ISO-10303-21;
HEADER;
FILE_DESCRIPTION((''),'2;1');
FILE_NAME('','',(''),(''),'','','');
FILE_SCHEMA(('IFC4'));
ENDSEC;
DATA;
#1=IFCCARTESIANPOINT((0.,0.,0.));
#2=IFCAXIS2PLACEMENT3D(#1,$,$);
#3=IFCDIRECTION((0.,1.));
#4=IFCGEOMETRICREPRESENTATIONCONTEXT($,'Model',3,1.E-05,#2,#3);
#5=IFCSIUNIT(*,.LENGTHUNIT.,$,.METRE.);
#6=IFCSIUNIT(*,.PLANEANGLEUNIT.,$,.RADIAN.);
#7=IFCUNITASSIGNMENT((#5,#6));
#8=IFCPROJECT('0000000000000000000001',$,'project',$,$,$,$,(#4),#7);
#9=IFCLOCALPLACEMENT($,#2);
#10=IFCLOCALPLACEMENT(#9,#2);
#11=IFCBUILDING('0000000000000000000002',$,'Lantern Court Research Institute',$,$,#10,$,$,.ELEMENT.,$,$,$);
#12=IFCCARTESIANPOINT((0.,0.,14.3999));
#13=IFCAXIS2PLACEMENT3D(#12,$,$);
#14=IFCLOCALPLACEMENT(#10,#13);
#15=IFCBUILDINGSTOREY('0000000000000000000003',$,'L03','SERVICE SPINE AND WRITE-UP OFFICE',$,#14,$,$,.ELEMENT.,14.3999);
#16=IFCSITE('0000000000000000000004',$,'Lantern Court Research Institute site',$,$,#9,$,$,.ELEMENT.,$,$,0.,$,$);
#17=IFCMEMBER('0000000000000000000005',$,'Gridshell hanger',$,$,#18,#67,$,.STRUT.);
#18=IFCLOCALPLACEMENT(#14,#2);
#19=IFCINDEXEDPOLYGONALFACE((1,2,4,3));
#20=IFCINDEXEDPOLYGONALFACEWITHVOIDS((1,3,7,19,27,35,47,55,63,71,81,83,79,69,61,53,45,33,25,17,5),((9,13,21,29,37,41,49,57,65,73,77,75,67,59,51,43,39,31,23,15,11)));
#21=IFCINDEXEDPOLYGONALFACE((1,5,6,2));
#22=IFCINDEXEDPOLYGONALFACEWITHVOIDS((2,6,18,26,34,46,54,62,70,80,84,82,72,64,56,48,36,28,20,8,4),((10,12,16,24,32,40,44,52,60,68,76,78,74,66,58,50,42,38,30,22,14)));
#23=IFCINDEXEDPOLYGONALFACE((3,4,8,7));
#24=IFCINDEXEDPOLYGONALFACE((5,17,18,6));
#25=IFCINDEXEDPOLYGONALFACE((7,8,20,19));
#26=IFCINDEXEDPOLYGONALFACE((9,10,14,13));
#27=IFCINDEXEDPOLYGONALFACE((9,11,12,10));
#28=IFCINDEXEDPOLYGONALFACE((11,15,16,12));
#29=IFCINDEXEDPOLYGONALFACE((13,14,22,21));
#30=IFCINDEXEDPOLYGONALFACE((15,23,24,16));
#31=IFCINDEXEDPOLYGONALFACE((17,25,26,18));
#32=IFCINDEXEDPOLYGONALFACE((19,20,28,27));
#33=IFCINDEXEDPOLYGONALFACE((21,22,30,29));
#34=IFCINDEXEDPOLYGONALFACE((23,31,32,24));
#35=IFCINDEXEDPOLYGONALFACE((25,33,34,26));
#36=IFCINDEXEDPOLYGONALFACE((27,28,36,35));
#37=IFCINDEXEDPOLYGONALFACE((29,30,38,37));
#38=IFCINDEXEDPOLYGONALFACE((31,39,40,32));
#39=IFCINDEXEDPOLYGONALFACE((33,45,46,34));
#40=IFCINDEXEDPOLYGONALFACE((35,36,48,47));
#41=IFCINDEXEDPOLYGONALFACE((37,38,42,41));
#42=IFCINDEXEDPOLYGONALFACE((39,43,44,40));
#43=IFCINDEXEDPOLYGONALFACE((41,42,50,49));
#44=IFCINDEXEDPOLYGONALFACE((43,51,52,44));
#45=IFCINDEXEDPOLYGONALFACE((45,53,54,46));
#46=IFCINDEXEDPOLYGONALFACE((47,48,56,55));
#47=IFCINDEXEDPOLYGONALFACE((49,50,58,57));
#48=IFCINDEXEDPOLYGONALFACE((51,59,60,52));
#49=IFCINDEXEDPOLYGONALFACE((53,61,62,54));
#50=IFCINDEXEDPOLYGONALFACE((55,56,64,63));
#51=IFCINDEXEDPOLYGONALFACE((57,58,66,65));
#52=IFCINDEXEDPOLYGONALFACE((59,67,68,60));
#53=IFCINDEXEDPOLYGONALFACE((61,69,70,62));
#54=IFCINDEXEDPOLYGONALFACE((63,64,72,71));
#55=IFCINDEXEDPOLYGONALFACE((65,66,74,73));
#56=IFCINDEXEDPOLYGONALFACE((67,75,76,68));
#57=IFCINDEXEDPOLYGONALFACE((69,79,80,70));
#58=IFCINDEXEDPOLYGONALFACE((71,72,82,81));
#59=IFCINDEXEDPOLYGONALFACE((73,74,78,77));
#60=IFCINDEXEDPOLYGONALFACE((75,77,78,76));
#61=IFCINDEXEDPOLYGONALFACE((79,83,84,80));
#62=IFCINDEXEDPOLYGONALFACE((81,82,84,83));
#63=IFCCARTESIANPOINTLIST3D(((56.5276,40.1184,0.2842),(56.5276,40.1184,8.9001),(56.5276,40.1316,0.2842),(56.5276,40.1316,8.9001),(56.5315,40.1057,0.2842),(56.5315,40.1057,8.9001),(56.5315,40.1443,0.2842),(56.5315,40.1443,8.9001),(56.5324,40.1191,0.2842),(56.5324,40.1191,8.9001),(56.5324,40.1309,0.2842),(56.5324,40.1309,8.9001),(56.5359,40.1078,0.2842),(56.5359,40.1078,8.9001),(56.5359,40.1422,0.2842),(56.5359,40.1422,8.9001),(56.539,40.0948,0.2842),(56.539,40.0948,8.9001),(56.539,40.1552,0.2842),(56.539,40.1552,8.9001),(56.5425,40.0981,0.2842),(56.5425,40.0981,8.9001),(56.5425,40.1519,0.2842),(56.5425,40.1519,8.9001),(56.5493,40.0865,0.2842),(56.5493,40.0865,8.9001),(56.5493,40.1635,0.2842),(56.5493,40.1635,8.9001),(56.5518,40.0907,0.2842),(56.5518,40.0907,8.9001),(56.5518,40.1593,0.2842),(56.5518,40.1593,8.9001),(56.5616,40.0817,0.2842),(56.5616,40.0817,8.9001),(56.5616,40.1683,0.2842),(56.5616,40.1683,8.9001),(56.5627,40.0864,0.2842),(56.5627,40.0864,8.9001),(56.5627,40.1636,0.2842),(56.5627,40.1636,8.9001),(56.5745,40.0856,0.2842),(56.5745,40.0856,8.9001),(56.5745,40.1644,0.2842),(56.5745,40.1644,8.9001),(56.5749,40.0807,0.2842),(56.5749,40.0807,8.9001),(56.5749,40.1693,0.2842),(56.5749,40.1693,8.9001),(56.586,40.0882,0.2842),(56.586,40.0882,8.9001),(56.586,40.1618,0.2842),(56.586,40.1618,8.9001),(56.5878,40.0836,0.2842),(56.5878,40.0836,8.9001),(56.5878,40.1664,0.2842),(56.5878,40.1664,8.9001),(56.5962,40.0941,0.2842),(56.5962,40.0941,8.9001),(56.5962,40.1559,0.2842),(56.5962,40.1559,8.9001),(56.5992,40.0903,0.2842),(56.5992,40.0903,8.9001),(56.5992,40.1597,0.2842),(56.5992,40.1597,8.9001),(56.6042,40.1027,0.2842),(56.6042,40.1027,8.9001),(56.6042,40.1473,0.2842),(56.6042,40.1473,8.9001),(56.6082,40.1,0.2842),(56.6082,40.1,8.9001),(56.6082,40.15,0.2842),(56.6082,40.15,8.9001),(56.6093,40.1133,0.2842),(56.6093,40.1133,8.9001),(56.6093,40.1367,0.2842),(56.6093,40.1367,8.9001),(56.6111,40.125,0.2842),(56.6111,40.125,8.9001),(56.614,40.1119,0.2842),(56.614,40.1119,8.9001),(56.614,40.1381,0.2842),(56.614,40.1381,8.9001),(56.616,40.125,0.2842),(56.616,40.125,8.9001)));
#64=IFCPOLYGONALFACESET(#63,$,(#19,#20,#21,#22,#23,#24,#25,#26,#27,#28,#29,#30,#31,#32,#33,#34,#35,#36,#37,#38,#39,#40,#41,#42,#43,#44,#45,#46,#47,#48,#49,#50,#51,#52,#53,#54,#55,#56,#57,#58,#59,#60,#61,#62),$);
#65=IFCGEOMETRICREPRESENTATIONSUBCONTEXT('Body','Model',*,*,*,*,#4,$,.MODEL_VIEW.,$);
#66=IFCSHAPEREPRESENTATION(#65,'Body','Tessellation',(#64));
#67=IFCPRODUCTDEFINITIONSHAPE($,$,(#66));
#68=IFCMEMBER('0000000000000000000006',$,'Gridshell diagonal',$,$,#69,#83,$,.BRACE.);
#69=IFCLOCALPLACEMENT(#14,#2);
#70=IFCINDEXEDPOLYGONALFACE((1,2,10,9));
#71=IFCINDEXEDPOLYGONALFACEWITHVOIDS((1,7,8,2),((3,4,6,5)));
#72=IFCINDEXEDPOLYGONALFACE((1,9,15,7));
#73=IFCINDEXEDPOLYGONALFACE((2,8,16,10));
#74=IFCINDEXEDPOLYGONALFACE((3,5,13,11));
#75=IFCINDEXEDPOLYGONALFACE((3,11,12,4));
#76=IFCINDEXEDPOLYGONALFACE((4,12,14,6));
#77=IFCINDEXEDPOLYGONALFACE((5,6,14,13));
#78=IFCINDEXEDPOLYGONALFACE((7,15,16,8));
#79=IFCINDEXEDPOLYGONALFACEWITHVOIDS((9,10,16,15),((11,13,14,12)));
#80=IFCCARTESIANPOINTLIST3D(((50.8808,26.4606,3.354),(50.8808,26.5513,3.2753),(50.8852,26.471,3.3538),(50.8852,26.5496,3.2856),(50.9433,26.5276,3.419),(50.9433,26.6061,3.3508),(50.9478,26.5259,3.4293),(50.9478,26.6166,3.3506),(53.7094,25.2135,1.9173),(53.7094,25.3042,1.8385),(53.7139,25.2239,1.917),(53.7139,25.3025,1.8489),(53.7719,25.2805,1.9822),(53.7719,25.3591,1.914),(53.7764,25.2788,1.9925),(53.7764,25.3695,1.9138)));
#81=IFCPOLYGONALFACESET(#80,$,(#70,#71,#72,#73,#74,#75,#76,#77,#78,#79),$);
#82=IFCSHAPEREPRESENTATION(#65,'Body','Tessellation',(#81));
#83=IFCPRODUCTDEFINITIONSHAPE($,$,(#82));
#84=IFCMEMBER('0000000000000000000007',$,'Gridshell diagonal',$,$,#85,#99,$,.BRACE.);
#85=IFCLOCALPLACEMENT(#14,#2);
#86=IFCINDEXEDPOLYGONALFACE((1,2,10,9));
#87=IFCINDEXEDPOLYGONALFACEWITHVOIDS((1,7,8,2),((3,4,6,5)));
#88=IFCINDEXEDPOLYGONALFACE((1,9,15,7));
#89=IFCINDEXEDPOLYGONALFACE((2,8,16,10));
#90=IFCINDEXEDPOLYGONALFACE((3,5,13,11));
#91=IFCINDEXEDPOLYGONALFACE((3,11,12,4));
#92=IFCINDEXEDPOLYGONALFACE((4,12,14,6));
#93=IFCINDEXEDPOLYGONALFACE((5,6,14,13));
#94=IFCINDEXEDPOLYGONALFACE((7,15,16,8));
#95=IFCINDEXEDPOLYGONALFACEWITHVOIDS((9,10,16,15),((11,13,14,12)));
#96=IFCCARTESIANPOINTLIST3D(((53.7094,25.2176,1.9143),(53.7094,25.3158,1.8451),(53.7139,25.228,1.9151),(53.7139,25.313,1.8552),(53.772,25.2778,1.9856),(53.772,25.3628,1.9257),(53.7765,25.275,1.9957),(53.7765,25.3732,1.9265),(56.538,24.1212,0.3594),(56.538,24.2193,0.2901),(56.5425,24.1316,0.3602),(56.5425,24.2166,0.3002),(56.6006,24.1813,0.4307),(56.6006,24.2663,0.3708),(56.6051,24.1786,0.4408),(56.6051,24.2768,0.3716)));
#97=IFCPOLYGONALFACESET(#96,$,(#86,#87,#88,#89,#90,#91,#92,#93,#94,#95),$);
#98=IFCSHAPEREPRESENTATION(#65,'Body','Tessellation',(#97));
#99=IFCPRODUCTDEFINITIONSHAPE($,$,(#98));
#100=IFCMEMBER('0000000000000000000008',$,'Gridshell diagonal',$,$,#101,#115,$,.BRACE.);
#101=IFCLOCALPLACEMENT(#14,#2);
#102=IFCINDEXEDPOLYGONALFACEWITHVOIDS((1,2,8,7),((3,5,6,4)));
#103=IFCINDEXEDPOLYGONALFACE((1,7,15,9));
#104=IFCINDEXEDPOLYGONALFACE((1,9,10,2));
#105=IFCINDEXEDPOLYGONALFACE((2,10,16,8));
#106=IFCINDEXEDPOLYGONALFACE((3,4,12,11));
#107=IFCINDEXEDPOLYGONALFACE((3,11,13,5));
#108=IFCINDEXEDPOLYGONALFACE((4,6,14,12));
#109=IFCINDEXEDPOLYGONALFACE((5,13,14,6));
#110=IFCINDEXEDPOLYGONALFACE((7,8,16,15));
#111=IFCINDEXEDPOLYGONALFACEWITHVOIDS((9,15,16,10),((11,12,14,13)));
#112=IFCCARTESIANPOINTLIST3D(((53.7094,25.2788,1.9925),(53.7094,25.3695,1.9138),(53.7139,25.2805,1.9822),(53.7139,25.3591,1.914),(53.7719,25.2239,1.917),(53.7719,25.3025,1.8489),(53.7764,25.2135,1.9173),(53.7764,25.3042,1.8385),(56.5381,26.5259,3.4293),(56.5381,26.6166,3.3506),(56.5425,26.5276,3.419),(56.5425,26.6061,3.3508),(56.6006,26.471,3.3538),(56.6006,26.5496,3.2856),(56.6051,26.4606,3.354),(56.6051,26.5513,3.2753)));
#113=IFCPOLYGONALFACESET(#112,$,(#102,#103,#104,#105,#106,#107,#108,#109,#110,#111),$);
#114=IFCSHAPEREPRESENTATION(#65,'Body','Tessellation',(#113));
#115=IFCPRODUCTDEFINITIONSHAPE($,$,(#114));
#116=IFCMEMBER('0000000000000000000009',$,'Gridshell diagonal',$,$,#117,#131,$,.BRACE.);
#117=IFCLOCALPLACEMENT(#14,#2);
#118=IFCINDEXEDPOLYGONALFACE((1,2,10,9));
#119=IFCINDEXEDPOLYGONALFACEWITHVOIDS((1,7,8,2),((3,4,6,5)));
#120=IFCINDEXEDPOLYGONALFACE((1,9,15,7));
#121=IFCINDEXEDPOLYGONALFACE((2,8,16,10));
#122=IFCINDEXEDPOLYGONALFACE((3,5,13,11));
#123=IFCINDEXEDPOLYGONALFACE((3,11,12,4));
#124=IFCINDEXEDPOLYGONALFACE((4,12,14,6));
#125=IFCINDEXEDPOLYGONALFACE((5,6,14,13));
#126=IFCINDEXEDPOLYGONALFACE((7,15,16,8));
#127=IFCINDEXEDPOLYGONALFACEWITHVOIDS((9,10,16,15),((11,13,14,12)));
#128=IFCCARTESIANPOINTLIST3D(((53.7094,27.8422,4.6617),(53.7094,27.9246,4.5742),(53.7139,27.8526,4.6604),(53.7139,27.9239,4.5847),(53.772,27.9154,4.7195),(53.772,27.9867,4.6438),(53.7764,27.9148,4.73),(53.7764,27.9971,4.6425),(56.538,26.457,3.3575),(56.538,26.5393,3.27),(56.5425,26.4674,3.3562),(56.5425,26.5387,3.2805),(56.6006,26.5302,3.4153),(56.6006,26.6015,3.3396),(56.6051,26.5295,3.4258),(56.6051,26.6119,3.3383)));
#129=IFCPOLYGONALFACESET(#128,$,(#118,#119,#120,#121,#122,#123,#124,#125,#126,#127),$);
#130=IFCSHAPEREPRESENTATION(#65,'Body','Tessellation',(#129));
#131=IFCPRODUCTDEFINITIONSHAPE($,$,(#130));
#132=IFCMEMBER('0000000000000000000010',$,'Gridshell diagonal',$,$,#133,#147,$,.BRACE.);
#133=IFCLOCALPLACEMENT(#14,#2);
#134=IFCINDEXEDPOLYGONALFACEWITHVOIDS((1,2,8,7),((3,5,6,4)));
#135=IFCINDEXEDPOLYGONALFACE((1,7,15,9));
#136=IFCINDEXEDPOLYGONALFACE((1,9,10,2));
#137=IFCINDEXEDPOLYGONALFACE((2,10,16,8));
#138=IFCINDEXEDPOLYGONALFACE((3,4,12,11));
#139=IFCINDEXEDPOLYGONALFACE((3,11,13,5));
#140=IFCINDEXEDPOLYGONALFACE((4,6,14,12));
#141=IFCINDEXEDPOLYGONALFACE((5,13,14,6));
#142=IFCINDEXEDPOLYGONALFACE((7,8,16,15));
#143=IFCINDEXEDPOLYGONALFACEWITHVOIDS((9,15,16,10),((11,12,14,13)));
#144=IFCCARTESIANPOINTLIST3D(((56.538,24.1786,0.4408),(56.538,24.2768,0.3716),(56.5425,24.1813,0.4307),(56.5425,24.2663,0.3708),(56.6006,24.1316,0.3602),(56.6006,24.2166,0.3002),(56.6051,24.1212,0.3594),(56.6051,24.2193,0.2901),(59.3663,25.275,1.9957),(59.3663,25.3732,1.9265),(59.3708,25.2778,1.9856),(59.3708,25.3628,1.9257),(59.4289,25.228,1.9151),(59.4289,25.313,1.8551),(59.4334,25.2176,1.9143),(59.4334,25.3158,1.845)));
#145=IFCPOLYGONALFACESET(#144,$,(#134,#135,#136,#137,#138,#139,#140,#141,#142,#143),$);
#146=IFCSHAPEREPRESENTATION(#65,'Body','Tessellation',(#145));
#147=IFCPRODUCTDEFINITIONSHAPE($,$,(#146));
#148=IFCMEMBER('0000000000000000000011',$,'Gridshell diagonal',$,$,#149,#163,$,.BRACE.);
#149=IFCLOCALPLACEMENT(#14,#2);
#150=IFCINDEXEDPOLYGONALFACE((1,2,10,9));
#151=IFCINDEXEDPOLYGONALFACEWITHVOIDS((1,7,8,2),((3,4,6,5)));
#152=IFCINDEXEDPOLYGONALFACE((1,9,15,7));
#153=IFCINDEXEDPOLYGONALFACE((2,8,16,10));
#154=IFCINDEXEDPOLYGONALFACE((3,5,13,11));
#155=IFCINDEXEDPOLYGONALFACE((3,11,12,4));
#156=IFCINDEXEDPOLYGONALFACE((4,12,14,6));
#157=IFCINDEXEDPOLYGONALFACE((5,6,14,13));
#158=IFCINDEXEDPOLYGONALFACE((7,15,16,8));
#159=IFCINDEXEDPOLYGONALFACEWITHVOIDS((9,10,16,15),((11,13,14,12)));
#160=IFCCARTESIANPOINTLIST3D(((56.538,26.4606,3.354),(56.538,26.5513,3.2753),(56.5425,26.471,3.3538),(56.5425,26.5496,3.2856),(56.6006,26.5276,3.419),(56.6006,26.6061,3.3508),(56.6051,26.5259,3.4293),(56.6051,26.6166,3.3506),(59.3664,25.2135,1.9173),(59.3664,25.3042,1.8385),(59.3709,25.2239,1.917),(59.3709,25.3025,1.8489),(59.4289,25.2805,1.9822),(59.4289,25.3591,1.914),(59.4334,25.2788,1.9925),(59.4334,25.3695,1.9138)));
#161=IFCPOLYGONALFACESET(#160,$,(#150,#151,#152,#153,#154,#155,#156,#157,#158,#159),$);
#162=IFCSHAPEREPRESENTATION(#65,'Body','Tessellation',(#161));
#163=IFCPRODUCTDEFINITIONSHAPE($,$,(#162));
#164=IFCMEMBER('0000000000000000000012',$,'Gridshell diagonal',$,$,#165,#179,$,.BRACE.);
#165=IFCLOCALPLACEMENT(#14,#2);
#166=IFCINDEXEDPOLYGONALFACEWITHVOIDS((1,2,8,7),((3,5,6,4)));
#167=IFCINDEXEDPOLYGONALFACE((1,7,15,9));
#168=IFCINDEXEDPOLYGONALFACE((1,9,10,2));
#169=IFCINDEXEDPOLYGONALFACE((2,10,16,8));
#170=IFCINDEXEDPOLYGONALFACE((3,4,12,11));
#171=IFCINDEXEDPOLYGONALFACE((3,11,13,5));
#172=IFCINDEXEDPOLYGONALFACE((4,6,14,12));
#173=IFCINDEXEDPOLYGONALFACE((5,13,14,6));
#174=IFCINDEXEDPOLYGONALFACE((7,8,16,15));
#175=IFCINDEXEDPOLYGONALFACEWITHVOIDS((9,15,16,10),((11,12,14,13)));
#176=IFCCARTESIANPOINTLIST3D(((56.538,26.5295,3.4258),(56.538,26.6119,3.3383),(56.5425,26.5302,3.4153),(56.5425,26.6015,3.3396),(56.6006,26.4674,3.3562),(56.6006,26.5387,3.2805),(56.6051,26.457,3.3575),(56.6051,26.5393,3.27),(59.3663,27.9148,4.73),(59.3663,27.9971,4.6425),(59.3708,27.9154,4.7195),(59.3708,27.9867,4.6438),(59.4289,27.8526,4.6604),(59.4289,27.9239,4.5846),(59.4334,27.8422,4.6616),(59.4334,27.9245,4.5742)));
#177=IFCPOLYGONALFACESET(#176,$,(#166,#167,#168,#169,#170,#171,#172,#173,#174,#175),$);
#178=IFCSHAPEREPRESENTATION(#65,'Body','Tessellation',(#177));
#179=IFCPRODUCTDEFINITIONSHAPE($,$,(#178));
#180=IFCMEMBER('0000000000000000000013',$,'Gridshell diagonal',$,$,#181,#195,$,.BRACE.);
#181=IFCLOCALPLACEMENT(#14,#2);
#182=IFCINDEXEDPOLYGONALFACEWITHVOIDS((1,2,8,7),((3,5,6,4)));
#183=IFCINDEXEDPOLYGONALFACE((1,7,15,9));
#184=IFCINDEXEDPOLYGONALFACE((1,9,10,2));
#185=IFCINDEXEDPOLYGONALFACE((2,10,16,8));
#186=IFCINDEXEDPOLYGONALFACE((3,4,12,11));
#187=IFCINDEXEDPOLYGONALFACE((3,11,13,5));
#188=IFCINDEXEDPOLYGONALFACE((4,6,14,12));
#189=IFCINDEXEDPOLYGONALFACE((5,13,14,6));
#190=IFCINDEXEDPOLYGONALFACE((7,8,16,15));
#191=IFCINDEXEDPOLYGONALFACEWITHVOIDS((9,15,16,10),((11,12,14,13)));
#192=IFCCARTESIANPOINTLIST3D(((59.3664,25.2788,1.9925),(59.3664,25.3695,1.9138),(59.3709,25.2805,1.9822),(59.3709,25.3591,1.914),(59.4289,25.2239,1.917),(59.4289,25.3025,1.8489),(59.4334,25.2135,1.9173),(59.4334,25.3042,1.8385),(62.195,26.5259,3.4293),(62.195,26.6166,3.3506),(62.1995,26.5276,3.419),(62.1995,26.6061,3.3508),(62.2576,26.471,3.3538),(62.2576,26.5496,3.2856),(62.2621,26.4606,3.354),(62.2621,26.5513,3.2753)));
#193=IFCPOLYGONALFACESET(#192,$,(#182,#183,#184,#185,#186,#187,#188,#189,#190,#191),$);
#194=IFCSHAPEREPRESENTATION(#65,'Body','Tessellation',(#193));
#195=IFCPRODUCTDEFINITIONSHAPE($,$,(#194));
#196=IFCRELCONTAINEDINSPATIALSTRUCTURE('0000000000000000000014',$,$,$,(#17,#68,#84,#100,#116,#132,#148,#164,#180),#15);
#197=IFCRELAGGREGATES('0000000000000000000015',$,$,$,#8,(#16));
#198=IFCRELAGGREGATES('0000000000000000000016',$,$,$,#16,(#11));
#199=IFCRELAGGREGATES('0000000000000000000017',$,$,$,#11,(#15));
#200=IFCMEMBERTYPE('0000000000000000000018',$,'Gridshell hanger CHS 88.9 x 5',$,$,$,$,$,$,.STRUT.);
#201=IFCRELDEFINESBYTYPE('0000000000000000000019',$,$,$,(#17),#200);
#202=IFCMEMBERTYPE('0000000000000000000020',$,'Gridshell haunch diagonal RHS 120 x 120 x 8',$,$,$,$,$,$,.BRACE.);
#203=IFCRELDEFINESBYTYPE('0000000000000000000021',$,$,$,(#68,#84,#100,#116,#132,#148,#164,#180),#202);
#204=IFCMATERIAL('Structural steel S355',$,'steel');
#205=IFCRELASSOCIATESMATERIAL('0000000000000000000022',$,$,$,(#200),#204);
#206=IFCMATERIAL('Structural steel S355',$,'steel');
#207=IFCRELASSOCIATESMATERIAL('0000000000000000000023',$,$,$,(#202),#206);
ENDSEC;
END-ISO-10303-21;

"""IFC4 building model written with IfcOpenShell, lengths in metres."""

from ifc_helpers import new_model, si_unit, direction, frame, origin, origin_2d, place, context, subcontext, project, spatial, hollow_rectangle, hollow_circle, extrude, material, material_profile, profile_set, type_object, element, save


model = new_model("IFC4")

# Units and contexts
model_context = context("Model", 3, precision=1e-05, world=origin(), true_north=direction((0.0, 1.0)))
body_context = subcontext(model_context, "Body", "Model", "MODEL_VIEW")
ifc_project = project(units=[si_unit("LENGTHUNIT", "METRE"), si_unit("PLANEANGLEUNIT", "RADIAN")], contexts=[model_context])

# Site, building, storey
site_placement = place(None, origin())
site = spatial("IfcSite", under=ifc_project, at=site_placement, Name="Lantern Court Research Institute site", CompositionType="ELEMENT", RefElevation=0.0)
building_placement = place(site_placement, origin())
building = spatial("IfcBuilding", under=site, at=building_placement, Name="Lantern Court Research Institute", CompositionType="ELEMENT")
storey_placement = place(building_placement, frame((0.0, 0.0, 14.3999)))
storey = spatial("IfcBuildingStorey", under=building, at=storey_placement, Name="L03", Description="SERVICE SPINE AND WRITE-UP OFFICE", CompositionType="ELEMENT", Elevation=14.3999)

# Members
ifc_material_1 = material(Name="Structural steel S355", Category="steel")
ifc_material_profile_1 = material_profile(ifc_material_1, hollow_circle(Radius=0.0444, WallThickness=0.0049, at=origin_2d()), Name="Gridshell hanger CHS 88.9 x 5")
ifc_profile_set_1 = profile_set([ifc_material_profile_1], Name="Structural steel S355")
member_type_1 = type_object("IfcMemberType", Name="Gridshell hanger CHS 88.9 x 5", PredefinedType="STRUT", material=ifc_profile_set_1)
member_1_placement = place(storey_placement, frame((56.5715, 40.125, 0.2842), z_axis=(0.0, 0.0, 1.0), x_axis=(1.0, 0.0, 0.0)))
element("IfcMember", 1, at=member_1_placement, inside=storey, type_object=member_type_1, Name="Gridshell hanger", PredefinedType="STRUT", context=body_context, shape_type="SweptSolid", body=[
    extrude(hollow_circle(Radius=0.0444, WallThickness=0.0049, at=origin_2d()), origin(), (0.0, 0.0, 1.0), 8.616),
])
ifc_material_2 = material(Name="Structural steel S355", Category="steel")
ifc_material_profile_2 = material_profile(ifc_material_2, hollow_rectangle(XDim=0.1201, YDim=0.1201, WallThickness=0.0081, at=origin_2d()), Name="Gridshell haunch diagonal RHS 120 x 120 x 8")
ifc_profile_set_2 = profile_set([ifc_material_profile_2], Name="Structural steel S355")
member_type_2 = type_object("IfcMemberType", Name="Gridshell haunch diagonal RHS 120 x 120 x 8", PredefinedType="BRACE", material=ifc_profile_set_2)
for number, where, z_axis, x_axis, name in (
    (2, (53.7429, 25.2915, 1.9155), (-0.829775, 0.365829, 0.421477), (-0.558098, -0.543914, -0.626645), "Gridshell diagonal"),
    (3, (56.5715, 24.199, 0.3655), (-0.829757, 0.321633, 0.45613), (-0.558124, -0.478138, -0.678146), "Gridshell diagonal"),
    (4, (53.7429, 25.2915, 1.9155), (0.829775, 0.365829, 0.421477), (-0.558098, 0.543914, 0.626645), "Gridshell diagonal"),
    (5, (56.5715, 26.5344, 3.3479), (-0.829762, 0.406358, 0.382581), (-0.558118, -0.604141, -0.568786), "Gridshell diagonal"),
):
    element("IfcMember", number, at=place(storey_placement, frame(where, z_axis=z_axis, x_axis=x_axis)), inside=storey, type_object=member_type_2, Name=name, PredefinedType="BRACE", context=body_context, shape_type="SweptSolid", body=[
        extrude(hollow_rectangle(XDim=0.1201, YDim=0.1201, WallThickness=0.0081, at=origin_2d()), origin(), (0.0, 0.0, 1.0), 3.4089),
    ])
for number, where, z_axis, x_axis, name in (
    (6, (56.5715, 24.199, 0.3655), (0.829735, 0.321652, 0.456157), (-0.558157, 0.478114, 0.678135), "Gridshell diagonal"),
    (7, (59.3999, 25.2915, 1.9155), (-0.829753, 0.36585, 0.421502), (-0.558131, -0.543889, -0.626637), "Gridshell diagonal"),
    (8, (56.5715, 26.5344, 3.3479), (0.829739, 0.406382, 0.382604), (-0.558151, 0.604116, 0.568781), "Gridshell diagonal"),
):
    element("IfcMember", number, at=place(storey_placement, frame(where, z_axis=z_axis, x_axis=x_axis)), inside=storey, type_object=member_type_2, Name=name, PredefinedType="BRACE", context=body_context, shape_type="SweptSolid", body=[
        extrude(hollow_rectangle(XDim=0.1201, YDim=0.1201, WallThickness=0.0081, at=origin_2d()), origin(), (0.0, 0.0, 1.0), 3.4087),
    ])
member_2_placement = place(storey_placement, frame((59.3999, 25.2915, 1.9155), z_axis=(0.829775, 0.365829, 0.421477), x_axis=(-0.558098, 0.543914, 0.626645)))
element("IfcMember", 9, at=member_2_placement, inside=storey, type_object=member_type_2, Name="Gridshell diagonal", PredefinedType="BRACE", context=body_context, shape_type="SweptSolid", body=[
    extrude(hollow_rectangle(XDim=0.1201, YDim=0.1201, WallThickness=0.0081, at=origin_2d()), origin(), (0.0, 0.0, 1.0), 3.4089),
])

save(model, "model.ifc")
